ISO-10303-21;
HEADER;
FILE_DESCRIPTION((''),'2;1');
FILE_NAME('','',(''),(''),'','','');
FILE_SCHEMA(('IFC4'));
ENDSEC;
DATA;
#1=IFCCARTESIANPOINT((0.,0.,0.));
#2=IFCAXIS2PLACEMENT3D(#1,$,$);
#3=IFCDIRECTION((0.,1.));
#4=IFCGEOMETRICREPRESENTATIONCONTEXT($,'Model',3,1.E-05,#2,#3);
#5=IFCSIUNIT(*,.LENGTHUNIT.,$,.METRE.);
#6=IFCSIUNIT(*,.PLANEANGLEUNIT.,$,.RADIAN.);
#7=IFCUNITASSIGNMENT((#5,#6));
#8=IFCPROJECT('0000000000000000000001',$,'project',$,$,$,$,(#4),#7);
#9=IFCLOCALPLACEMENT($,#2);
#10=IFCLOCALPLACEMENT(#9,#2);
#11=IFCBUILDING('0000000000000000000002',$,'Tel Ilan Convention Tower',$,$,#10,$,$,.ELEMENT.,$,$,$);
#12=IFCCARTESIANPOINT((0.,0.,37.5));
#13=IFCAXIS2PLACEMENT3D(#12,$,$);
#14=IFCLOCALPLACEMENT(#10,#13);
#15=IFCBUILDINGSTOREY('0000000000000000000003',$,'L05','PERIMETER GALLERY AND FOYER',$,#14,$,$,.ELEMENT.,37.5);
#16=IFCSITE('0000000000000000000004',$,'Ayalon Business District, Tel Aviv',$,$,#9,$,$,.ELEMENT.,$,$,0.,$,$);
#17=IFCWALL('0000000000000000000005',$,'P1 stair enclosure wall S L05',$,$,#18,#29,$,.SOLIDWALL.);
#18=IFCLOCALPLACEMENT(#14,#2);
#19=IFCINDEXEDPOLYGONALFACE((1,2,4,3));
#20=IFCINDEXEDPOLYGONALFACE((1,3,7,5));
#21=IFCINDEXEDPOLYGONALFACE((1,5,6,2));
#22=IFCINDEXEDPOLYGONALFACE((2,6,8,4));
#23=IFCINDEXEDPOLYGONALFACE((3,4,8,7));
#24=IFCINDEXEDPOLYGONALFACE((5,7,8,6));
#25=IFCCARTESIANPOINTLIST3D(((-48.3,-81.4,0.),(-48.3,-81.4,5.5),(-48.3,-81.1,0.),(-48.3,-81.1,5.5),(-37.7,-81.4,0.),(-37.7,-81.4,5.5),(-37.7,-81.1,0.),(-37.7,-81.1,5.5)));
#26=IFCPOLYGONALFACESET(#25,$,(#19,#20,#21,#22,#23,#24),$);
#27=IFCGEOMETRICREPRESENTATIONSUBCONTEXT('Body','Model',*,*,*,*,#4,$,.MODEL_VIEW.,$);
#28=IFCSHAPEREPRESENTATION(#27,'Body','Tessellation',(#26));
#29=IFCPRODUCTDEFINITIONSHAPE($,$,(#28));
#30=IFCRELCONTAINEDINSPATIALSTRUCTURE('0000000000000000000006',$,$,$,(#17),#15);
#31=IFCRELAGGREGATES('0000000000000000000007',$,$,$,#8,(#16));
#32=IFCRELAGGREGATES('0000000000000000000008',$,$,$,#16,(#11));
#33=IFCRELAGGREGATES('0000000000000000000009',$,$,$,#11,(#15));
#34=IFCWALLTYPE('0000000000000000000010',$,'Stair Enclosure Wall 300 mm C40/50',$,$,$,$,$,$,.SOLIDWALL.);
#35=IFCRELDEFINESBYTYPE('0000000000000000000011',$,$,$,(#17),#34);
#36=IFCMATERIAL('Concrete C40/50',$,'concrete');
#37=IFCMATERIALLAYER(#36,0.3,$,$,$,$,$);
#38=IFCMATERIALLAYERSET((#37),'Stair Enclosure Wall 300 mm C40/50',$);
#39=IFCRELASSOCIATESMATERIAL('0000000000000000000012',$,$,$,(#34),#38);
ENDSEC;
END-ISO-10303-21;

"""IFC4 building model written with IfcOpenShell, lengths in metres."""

from ifc_helpers import new_model, si_unit, direction, frame, frame_2d, origin, place, context, subcontext, project, spatial, rectangle, extrude, material, layer, layer_set, type_object, element, save


model = new_model("IFC4")

# Units and contexts
model_context = context("Model", 3, precision=1e-05, world=origin(), true_north=direction((0.0, 1.0)))
body_context = subcontext(model_context, "Body", "Model", "MODEL_VIEW")
ifc_project = project(units=[si_unit("LENGTHUNIT", "METRE"), si_unit("PLANEANGLEUNIT", "RADIAN")], contexts=[model_context])

# Site, building, storey
site_placement = place(None, origin())
site = spatial("IfcSite", under=ifc_project, at=site_placement, Name="Ayalon Business District, Tel Aviv", CompositionType="ELEMENT", RefElevation=0.0)
building_placement = place(site_placement, origin())
building = spatial("IfcBuilding", under=site, at=building_placement, Name="Tel Ilan Convention Tower", CompositionType="ELEMENT")
storey_placement = place(building_placement, frame((0.0, 0.0, 37.5)))
storey = spatial("IfcBuildingStorey", under=building, at=storey_placement, Name="L05", Description="PERIMETER GALLERY AND FOYER", CompositionType="ELEMENT", Elevation=37.5)

# Wall
ifc_material_1 = material(Name="Concrete C40/50", Category="concrete")
ifc_layer_1 = layer(ifc_material_1, 0.3)
ifc_layer_set_1 = layer_set([ifc_layer_1], Name="Stair Enclosure Wall 300 mm C40/50")
wall_type_1 = type_object("IfcWallType", Name="Stair Enclosure Wall 300 mm C40/50", PredefinedType="SOLIDWALL", material=ifc_layer_set_1)
wall_1_placement = place(storey_placement, frame((-48.3, -81.25, 0.0), z_axis=(0.0, 0.0, 1.0), x_axis=(1.0, 0.0, 0.0)))
element("IfcWall", 1, at=wall_1_placement, inside=storey, type_object=wall_type_1, Name="P1 stair enclosure wall S L05", PredefinedType="SOLIDWALL", context=body_context, shape_type="SweptSolid", body=[
    extrude(rectangle(XDim=10.6001, YDim=0.3, at=frame_2d((5.3, 0.0))), origin(), (0.0, 0.0, 1.0), 5.5),
])

save(model, "model.ifc")
